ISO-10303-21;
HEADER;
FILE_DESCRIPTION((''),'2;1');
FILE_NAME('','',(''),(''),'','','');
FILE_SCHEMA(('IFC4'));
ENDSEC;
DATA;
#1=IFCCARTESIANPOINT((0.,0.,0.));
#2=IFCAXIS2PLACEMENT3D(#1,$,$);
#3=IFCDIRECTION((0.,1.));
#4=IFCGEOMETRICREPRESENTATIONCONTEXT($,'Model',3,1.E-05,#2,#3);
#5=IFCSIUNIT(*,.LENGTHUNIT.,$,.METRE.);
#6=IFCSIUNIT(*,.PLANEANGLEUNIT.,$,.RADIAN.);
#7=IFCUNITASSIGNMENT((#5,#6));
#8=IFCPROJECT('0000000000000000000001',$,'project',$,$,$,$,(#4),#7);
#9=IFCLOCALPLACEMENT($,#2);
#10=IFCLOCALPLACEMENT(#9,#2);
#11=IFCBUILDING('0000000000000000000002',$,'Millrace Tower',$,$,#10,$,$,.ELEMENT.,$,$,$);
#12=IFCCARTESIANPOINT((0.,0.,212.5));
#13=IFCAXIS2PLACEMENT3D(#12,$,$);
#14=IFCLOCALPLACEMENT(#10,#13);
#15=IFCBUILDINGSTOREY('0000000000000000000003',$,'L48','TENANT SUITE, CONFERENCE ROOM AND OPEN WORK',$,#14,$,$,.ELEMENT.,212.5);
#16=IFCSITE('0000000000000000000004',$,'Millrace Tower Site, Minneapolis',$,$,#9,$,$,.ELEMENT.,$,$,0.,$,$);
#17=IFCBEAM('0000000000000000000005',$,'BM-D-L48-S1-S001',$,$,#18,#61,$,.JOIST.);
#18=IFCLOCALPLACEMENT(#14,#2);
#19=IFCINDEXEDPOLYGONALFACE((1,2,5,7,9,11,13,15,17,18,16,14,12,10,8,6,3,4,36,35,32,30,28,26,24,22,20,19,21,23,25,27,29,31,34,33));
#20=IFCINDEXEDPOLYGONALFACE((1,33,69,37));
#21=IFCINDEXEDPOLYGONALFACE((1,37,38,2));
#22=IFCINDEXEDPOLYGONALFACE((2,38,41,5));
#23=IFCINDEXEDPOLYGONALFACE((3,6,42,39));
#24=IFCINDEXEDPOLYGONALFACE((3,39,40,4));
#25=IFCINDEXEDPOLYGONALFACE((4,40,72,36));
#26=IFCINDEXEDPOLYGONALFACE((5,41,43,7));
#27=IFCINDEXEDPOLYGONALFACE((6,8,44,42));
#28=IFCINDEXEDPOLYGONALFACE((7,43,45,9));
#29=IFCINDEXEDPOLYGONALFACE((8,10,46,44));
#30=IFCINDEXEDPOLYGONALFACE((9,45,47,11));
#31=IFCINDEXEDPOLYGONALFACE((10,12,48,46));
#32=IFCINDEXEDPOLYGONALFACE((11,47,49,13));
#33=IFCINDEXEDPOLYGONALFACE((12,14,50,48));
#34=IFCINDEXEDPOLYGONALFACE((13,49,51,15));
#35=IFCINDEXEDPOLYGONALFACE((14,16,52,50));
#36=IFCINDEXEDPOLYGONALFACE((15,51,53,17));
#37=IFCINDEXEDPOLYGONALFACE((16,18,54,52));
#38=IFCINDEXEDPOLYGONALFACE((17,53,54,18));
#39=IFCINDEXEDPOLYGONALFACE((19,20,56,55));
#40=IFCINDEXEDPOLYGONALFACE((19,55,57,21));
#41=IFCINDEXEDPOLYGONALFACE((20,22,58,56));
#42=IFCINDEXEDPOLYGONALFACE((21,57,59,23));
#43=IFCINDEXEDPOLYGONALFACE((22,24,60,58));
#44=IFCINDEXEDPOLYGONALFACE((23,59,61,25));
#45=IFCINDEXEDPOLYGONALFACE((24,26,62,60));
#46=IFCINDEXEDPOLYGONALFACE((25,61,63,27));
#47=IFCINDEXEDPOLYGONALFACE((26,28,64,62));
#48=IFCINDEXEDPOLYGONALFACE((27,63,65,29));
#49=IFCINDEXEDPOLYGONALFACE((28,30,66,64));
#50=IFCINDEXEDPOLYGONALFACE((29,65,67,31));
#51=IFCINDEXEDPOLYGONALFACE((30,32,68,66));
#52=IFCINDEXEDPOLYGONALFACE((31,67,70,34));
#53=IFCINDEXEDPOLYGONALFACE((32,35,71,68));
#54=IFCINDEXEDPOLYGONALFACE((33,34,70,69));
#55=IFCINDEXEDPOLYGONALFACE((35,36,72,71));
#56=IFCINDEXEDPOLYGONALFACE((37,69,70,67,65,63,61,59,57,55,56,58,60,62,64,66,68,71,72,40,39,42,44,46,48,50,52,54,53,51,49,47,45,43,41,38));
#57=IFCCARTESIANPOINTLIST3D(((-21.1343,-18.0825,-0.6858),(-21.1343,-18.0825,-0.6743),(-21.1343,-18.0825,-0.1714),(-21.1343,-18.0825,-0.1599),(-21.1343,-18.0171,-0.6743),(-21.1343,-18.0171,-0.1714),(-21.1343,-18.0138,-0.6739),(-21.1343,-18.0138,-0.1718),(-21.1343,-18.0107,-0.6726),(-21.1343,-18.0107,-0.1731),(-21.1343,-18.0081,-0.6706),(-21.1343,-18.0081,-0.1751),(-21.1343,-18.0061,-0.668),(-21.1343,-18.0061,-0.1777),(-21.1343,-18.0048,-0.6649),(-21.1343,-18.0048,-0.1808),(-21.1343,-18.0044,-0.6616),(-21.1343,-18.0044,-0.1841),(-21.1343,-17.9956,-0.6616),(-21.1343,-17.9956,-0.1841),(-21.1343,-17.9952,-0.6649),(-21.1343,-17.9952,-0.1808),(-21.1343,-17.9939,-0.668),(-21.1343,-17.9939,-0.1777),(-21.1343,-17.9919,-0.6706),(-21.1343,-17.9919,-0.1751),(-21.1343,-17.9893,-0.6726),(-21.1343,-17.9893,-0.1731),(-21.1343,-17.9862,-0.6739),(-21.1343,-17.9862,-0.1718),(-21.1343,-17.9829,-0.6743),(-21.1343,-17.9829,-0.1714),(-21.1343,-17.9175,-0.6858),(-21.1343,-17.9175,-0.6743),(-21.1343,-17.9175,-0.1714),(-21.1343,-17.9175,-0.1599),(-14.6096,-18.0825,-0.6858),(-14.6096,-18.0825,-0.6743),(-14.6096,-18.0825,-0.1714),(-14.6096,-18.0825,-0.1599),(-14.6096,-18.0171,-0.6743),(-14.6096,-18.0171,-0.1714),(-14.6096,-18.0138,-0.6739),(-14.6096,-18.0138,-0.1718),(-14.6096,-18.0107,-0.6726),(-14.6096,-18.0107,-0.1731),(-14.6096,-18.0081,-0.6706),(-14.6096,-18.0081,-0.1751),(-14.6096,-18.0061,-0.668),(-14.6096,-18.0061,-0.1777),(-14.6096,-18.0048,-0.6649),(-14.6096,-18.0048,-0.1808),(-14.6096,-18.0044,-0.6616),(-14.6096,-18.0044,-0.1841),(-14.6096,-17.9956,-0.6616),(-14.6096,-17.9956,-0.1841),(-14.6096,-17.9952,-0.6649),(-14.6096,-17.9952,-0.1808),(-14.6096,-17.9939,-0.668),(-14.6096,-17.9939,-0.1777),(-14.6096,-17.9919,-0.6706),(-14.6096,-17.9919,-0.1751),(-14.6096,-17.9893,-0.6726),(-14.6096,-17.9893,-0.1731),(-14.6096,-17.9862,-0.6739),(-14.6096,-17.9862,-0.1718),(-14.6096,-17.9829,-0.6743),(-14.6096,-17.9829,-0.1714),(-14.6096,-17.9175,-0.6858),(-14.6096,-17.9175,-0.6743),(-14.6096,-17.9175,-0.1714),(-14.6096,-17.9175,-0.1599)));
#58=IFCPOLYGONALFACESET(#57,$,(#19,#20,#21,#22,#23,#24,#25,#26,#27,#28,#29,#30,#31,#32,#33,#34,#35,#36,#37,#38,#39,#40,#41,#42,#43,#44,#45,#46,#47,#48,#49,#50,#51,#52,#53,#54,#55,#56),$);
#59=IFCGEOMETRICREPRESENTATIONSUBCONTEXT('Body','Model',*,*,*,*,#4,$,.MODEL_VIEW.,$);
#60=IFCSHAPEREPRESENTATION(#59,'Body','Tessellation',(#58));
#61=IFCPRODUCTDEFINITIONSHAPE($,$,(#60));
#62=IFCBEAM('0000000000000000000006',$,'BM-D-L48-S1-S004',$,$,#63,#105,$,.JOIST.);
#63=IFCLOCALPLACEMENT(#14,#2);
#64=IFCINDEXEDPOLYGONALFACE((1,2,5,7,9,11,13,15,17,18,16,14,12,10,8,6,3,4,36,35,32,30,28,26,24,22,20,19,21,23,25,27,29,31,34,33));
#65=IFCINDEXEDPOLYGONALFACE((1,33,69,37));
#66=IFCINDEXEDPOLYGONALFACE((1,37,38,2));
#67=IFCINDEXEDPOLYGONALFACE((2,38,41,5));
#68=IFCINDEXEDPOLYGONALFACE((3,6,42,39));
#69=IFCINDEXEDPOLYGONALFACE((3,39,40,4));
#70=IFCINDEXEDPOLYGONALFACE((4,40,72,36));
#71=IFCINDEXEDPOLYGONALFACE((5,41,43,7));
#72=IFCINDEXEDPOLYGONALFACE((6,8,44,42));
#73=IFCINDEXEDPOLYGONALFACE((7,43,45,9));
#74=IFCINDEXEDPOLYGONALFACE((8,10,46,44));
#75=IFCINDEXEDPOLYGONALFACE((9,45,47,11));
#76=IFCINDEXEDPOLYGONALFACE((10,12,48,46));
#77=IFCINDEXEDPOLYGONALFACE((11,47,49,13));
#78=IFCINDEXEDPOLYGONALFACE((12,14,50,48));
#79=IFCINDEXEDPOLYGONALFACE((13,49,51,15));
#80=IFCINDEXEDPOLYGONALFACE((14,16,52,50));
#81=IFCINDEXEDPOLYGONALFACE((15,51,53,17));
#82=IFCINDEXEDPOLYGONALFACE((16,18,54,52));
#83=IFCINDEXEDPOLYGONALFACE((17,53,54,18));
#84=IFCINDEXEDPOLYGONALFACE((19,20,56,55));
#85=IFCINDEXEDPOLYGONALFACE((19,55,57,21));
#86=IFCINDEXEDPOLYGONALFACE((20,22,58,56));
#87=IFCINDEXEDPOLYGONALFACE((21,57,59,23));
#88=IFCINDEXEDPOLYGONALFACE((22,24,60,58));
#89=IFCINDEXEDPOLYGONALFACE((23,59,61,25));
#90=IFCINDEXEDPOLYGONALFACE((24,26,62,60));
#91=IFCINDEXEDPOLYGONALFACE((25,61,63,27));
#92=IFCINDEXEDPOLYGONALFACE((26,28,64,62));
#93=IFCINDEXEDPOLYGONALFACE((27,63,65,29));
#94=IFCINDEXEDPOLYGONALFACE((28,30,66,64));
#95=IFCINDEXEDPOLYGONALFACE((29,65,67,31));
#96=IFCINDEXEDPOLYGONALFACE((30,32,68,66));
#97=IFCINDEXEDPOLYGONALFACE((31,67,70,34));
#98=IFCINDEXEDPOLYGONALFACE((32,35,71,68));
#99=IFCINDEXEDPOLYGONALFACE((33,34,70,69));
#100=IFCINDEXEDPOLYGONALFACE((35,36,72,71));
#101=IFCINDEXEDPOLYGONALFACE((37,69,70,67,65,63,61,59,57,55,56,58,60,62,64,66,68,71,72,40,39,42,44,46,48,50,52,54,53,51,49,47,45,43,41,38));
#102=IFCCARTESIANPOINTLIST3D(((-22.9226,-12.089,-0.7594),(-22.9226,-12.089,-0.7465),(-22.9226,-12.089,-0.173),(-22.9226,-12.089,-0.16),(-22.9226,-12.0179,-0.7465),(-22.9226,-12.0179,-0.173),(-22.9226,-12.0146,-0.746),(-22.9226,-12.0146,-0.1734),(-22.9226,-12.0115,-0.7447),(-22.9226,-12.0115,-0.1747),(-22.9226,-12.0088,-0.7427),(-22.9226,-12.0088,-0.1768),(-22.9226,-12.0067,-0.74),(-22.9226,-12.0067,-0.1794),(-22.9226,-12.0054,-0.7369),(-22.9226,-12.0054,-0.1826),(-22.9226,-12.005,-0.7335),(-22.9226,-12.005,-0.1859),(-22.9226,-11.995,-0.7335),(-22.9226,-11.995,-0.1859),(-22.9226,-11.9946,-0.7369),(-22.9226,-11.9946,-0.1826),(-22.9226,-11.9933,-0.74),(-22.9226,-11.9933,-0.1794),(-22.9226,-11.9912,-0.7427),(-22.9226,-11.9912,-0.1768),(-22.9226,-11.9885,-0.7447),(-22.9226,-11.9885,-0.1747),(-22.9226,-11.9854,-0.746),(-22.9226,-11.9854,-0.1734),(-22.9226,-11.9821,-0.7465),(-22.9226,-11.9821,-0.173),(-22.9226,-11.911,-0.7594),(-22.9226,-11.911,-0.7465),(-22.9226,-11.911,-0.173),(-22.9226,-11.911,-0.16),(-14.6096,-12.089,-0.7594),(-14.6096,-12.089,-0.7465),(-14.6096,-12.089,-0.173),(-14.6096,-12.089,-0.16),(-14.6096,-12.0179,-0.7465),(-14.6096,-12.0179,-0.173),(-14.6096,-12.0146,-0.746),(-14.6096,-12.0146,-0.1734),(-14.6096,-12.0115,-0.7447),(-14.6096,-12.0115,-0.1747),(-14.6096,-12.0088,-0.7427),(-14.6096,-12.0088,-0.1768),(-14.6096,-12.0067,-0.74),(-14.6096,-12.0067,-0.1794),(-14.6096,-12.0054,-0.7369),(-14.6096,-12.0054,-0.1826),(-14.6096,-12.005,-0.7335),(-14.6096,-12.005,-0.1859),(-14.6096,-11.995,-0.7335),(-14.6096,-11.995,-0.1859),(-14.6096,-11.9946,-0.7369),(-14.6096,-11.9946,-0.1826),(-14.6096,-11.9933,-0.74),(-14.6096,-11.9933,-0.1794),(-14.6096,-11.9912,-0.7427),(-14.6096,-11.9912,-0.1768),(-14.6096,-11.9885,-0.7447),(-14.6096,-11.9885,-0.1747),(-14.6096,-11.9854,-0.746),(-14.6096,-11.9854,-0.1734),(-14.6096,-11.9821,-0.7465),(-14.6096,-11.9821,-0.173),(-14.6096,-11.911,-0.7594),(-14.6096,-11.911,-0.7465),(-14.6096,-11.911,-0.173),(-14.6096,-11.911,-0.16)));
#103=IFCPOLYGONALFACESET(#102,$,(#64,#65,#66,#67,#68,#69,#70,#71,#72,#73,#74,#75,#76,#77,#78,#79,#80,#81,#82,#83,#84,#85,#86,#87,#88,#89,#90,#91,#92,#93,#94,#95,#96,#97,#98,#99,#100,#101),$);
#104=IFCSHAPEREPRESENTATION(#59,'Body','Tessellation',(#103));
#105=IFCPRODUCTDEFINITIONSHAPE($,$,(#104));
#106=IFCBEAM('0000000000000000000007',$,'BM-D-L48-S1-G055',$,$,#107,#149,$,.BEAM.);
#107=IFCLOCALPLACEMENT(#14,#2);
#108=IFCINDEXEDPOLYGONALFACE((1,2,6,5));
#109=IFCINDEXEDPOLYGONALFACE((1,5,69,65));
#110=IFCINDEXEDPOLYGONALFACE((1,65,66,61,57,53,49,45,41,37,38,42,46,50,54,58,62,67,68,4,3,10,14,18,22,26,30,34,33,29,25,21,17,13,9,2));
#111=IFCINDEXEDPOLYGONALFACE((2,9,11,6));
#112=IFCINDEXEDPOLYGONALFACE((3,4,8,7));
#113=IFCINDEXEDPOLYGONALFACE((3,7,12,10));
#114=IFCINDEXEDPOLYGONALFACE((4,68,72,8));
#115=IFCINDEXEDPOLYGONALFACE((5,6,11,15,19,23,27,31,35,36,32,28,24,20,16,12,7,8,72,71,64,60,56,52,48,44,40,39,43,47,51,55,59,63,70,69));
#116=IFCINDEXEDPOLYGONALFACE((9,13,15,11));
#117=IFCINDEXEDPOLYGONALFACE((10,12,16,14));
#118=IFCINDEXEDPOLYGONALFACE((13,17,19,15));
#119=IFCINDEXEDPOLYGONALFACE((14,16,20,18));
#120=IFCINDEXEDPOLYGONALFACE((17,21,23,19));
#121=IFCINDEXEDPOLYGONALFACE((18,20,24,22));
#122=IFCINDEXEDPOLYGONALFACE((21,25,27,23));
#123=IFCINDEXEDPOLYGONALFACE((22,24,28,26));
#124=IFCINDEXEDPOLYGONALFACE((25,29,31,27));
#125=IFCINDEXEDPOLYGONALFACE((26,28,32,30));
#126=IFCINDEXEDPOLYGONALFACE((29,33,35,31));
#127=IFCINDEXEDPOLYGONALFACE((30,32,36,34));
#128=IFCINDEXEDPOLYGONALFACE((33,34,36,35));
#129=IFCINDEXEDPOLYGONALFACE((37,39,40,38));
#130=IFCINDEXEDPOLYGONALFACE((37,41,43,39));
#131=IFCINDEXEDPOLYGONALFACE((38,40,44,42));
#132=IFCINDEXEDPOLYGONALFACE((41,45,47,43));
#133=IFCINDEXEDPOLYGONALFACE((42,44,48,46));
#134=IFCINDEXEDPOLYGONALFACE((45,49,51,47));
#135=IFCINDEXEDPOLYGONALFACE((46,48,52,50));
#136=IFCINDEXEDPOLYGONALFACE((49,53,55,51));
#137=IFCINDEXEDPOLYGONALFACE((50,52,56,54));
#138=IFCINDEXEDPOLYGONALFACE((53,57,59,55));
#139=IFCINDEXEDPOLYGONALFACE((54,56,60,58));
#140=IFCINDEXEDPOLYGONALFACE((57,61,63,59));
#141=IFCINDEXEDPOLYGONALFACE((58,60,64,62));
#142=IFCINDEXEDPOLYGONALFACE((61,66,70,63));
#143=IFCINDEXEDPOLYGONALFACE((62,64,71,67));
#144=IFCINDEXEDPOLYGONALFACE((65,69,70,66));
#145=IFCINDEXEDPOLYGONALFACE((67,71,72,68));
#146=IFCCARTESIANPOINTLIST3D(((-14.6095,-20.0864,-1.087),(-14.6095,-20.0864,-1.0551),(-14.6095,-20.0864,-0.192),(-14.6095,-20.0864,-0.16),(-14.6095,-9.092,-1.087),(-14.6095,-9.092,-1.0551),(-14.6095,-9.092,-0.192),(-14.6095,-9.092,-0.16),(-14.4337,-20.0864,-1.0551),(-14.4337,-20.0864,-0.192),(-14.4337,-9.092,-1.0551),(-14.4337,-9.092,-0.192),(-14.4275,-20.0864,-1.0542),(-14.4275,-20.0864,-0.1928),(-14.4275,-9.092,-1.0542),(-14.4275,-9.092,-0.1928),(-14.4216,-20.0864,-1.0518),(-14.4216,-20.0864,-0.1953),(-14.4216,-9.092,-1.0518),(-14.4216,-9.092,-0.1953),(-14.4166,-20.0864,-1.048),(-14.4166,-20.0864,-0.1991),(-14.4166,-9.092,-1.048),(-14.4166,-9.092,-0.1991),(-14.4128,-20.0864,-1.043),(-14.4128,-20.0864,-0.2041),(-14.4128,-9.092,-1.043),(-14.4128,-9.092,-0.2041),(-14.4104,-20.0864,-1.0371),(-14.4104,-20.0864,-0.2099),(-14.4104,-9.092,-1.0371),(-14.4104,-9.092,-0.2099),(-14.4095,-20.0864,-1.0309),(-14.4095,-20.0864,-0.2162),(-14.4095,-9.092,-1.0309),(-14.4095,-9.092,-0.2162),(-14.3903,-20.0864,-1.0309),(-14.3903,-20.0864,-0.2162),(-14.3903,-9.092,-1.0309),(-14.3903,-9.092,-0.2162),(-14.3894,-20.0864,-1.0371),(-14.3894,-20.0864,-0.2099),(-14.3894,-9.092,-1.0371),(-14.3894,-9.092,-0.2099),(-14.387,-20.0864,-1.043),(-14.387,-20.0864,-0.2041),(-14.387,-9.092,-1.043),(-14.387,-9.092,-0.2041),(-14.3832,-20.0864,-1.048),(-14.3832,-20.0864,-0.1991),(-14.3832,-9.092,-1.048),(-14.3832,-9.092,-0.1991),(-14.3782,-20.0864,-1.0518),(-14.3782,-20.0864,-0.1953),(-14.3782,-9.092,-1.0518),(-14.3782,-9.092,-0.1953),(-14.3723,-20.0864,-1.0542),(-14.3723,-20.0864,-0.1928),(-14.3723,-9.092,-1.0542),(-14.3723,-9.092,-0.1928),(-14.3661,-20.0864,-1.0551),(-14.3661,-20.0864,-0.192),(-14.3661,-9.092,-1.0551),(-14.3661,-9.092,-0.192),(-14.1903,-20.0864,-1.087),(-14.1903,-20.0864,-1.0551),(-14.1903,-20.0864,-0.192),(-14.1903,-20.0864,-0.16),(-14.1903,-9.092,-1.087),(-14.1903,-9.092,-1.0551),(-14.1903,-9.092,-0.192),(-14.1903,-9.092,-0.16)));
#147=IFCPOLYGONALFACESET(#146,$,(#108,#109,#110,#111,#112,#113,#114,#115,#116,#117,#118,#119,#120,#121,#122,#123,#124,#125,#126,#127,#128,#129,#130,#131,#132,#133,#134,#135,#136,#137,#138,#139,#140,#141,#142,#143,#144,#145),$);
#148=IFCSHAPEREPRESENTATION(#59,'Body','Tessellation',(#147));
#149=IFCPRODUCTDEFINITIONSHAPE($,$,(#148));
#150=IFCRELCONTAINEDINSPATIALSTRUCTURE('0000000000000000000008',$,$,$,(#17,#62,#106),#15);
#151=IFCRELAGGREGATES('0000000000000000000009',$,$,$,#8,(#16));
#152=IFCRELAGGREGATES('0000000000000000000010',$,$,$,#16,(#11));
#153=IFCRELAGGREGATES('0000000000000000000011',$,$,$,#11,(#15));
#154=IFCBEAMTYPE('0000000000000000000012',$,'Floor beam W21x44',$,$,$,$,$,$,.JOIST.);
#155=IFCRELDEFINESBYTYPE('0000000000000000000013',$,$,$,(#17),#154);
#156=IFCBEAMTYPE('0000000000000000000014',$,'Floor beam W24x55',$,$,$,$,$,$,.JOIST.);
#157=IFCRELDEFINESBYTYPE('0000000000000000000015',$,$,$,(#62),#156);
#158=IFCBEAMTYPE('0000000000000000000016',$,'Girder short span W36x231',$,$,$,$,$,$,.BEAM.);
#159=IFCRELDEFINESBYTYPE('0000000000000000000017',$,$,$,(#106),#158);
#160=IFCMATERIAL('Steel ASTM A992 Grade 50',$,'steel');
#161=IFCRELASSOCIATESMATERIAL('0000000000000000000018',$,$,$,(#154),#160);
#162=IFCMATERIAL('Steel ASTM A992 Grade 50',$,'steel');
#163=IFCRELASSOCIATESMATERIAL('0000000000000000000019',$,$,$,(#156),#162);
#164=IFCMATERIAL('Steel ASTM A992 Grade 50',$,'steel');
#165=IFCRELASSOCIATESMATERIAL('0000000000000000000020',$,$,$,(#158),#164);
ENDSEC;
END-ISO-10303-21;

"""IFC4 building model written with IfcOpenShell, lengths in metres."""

from ifc_helpers import new_model, si_unit, direction, frame, origin, origin_2d, place, context, subcontext, project, spatial, i_section, extrude, material, material_profile, profile_set, type_object, element, save


model = new_model("IFC4")

# Units and contexts
model_context = context("Model", 3, precision=1e-05, world=origin(), true_north=direction((0.0, 1.0)))
body_context = subcontext(model_context, "Body", "Model", "MODEL_VIEW")
ifc_project = project(units=[si_unit("LENGTHUNIT", "METRE"), si_unit("PLANEANGLEUNIT", "RADIAN")], contexts=[model_context])

# Site, building, storey
site_placement = place(None, origin())
site = spatial("IfcSite", under=ifc_project, at=site_placement, Name="Millrace Tower Site, Minneapolis", CompositionType="ELEMENT", RefElevation=0.0)
building_placement = place(site_placement, origin())
building = spatial("IfcBuilding", under=site, at=building_placement, Name="Millrace Tower", CompositionType="ELEMENT")
storey_placement = place(building_placement, frame((0.0, 0.0, 212.5)))
storey = spatial("IfcBuildingStorey", under=building, at=storey_placement, Name="L48", Description="TENANT SUITE, CONFERENCE ROOM AND OPEN WORK", CompositionType="ELEMENT", Elevation=212.5)

# Beams
ifc_material_1 = material(Name="Steel ASTM A992 Grade 50", Category="steel")
ifc_material_profile_1 = material_profile(ifc_material_1, i_section(OverallWidth=0.165, OverallDepth=0.5259, WebThickness=0.0088, FlangeThickness=0.0115, FilletRadius=0.0127, at=origin_2d()))
ifc_profile_set_1 = profile_set([ifc_material_profile_1], Name="Steel ASTM A992 Grade 50")
beam_type_1 = type_object("IfcBeamType", Name="Floor beam W21x44", PredefinedType="JOIST", material=ifc_profile_set_1)
beam_1_placement = place(storey_placement, frame((-21.1343, -18.0, -0.4229), z_axis=(1.0, 0.0, 0.0), x_axis=(0.0, 1.0, 0.0)))
element("IfcBeam", 1, at=beam_1_placement, inside=storey, type_object=beam_type_1, Name="BM-D-L48-S1-S001", PredefinedType="JOIST", context=body_context, shape_type="SweptSolid", body=[
    extrude(i_section(OverallWidth=0.165, OverallDepth=0.5259, WebThickness=0.0088, FlangeThickness=0.0115, FilletRadius=0.0127, at=origin_2d()), origin(), (0.0, 0.0, 1.0), 6.5247),
])
ifc_material_2 = material(Name="Steel ASTM A992 Grade 50", Category="steel")
ifc_material_profile_2 = material_profile(ifc_material_2, i_section(OverallWidth=0.178, OverallDepth=0.5994, WebThickness=0.01, FlangeThickness=0.0129, FilletRadius=0.0129, at=origin_2d()))
ifc_profile_set_2 = profile_set([ifc_material_profile_2], Name="Steel ASTM A992 Grade 50")
beam_type_2 = type_object("IfcBeamType", Name="Floor beam W24x55", PredefinedType="JOIST", material=ifc_profile_set_2)
beam_2_placement = place(storey_placement, frame((-22.9226, -12.0, -0.4597), z_axis=(1.0, 0.0, 0.0), x_axis=(0.0, 1.0, 0.0)))
element("IfcBeam", 2, at=beam_2_placement, inside=storey, type_object=beam_type_2, Name="BM-D-L48-S1-S004", PredefinedType="JOIST", context=body_context, shape_type="SweptSolid", body=[
    extrude(i_section(OverallWidth=0.178, OverallDepth=0.5994, WebThickness=0.01, FlangeThickness=0.0129, FilletRadius=0.0129, at=origin_2d()), origin(), (0.0, 0.0, 1.0), 8.313),
])
ifc_material_3 = material(Name="Steel ASTM A992 Grade 50", Category="steel")
ifc_material_profile_3 = material_profile(ifc_material_3, i_section(OverallWidth=0.4192, OverallDepth=0.927, WebThickness=0.0193, FlangeThickness=0.032, FilletRadius=0.0242, at=origin_2d()))
ifc_profile_set_3 = profile_set([ifc_material_profile_3], Name="Steel ASTM A992 Grade 50")
beam_type_3 = type_object("IfcBeamType", Name="Girder short span W36x231", PredefinedType="BEAM", material=ifc_profile_set_3)
beam_3_placement = place(storey_placement, frame((-14.3999, -20.0864, -0.6235), z_axis=(0.0, 1.0, 0.0), x_axis=(-1.0, 0.0, 0.0)))
element("IfcBeam", 3, at=beam_3_placement, inside=storey, type_object=beam_type_3, Name="BM-D-L48-S1-G055", PredefinedType="BEAM", context=body_context, shape_type="SweptSolid", body=[
    extrude(i_section(OverallWidth=0.4192, OverallDepth=0.927, WebThickness=0.0193, FlangeThickness=0.032, FilletRadius=0.0242, at=origin_2d()), origin(), (0.0, 0.0, 1.0), 10.9944),
])

save(model, "model.ifc")
